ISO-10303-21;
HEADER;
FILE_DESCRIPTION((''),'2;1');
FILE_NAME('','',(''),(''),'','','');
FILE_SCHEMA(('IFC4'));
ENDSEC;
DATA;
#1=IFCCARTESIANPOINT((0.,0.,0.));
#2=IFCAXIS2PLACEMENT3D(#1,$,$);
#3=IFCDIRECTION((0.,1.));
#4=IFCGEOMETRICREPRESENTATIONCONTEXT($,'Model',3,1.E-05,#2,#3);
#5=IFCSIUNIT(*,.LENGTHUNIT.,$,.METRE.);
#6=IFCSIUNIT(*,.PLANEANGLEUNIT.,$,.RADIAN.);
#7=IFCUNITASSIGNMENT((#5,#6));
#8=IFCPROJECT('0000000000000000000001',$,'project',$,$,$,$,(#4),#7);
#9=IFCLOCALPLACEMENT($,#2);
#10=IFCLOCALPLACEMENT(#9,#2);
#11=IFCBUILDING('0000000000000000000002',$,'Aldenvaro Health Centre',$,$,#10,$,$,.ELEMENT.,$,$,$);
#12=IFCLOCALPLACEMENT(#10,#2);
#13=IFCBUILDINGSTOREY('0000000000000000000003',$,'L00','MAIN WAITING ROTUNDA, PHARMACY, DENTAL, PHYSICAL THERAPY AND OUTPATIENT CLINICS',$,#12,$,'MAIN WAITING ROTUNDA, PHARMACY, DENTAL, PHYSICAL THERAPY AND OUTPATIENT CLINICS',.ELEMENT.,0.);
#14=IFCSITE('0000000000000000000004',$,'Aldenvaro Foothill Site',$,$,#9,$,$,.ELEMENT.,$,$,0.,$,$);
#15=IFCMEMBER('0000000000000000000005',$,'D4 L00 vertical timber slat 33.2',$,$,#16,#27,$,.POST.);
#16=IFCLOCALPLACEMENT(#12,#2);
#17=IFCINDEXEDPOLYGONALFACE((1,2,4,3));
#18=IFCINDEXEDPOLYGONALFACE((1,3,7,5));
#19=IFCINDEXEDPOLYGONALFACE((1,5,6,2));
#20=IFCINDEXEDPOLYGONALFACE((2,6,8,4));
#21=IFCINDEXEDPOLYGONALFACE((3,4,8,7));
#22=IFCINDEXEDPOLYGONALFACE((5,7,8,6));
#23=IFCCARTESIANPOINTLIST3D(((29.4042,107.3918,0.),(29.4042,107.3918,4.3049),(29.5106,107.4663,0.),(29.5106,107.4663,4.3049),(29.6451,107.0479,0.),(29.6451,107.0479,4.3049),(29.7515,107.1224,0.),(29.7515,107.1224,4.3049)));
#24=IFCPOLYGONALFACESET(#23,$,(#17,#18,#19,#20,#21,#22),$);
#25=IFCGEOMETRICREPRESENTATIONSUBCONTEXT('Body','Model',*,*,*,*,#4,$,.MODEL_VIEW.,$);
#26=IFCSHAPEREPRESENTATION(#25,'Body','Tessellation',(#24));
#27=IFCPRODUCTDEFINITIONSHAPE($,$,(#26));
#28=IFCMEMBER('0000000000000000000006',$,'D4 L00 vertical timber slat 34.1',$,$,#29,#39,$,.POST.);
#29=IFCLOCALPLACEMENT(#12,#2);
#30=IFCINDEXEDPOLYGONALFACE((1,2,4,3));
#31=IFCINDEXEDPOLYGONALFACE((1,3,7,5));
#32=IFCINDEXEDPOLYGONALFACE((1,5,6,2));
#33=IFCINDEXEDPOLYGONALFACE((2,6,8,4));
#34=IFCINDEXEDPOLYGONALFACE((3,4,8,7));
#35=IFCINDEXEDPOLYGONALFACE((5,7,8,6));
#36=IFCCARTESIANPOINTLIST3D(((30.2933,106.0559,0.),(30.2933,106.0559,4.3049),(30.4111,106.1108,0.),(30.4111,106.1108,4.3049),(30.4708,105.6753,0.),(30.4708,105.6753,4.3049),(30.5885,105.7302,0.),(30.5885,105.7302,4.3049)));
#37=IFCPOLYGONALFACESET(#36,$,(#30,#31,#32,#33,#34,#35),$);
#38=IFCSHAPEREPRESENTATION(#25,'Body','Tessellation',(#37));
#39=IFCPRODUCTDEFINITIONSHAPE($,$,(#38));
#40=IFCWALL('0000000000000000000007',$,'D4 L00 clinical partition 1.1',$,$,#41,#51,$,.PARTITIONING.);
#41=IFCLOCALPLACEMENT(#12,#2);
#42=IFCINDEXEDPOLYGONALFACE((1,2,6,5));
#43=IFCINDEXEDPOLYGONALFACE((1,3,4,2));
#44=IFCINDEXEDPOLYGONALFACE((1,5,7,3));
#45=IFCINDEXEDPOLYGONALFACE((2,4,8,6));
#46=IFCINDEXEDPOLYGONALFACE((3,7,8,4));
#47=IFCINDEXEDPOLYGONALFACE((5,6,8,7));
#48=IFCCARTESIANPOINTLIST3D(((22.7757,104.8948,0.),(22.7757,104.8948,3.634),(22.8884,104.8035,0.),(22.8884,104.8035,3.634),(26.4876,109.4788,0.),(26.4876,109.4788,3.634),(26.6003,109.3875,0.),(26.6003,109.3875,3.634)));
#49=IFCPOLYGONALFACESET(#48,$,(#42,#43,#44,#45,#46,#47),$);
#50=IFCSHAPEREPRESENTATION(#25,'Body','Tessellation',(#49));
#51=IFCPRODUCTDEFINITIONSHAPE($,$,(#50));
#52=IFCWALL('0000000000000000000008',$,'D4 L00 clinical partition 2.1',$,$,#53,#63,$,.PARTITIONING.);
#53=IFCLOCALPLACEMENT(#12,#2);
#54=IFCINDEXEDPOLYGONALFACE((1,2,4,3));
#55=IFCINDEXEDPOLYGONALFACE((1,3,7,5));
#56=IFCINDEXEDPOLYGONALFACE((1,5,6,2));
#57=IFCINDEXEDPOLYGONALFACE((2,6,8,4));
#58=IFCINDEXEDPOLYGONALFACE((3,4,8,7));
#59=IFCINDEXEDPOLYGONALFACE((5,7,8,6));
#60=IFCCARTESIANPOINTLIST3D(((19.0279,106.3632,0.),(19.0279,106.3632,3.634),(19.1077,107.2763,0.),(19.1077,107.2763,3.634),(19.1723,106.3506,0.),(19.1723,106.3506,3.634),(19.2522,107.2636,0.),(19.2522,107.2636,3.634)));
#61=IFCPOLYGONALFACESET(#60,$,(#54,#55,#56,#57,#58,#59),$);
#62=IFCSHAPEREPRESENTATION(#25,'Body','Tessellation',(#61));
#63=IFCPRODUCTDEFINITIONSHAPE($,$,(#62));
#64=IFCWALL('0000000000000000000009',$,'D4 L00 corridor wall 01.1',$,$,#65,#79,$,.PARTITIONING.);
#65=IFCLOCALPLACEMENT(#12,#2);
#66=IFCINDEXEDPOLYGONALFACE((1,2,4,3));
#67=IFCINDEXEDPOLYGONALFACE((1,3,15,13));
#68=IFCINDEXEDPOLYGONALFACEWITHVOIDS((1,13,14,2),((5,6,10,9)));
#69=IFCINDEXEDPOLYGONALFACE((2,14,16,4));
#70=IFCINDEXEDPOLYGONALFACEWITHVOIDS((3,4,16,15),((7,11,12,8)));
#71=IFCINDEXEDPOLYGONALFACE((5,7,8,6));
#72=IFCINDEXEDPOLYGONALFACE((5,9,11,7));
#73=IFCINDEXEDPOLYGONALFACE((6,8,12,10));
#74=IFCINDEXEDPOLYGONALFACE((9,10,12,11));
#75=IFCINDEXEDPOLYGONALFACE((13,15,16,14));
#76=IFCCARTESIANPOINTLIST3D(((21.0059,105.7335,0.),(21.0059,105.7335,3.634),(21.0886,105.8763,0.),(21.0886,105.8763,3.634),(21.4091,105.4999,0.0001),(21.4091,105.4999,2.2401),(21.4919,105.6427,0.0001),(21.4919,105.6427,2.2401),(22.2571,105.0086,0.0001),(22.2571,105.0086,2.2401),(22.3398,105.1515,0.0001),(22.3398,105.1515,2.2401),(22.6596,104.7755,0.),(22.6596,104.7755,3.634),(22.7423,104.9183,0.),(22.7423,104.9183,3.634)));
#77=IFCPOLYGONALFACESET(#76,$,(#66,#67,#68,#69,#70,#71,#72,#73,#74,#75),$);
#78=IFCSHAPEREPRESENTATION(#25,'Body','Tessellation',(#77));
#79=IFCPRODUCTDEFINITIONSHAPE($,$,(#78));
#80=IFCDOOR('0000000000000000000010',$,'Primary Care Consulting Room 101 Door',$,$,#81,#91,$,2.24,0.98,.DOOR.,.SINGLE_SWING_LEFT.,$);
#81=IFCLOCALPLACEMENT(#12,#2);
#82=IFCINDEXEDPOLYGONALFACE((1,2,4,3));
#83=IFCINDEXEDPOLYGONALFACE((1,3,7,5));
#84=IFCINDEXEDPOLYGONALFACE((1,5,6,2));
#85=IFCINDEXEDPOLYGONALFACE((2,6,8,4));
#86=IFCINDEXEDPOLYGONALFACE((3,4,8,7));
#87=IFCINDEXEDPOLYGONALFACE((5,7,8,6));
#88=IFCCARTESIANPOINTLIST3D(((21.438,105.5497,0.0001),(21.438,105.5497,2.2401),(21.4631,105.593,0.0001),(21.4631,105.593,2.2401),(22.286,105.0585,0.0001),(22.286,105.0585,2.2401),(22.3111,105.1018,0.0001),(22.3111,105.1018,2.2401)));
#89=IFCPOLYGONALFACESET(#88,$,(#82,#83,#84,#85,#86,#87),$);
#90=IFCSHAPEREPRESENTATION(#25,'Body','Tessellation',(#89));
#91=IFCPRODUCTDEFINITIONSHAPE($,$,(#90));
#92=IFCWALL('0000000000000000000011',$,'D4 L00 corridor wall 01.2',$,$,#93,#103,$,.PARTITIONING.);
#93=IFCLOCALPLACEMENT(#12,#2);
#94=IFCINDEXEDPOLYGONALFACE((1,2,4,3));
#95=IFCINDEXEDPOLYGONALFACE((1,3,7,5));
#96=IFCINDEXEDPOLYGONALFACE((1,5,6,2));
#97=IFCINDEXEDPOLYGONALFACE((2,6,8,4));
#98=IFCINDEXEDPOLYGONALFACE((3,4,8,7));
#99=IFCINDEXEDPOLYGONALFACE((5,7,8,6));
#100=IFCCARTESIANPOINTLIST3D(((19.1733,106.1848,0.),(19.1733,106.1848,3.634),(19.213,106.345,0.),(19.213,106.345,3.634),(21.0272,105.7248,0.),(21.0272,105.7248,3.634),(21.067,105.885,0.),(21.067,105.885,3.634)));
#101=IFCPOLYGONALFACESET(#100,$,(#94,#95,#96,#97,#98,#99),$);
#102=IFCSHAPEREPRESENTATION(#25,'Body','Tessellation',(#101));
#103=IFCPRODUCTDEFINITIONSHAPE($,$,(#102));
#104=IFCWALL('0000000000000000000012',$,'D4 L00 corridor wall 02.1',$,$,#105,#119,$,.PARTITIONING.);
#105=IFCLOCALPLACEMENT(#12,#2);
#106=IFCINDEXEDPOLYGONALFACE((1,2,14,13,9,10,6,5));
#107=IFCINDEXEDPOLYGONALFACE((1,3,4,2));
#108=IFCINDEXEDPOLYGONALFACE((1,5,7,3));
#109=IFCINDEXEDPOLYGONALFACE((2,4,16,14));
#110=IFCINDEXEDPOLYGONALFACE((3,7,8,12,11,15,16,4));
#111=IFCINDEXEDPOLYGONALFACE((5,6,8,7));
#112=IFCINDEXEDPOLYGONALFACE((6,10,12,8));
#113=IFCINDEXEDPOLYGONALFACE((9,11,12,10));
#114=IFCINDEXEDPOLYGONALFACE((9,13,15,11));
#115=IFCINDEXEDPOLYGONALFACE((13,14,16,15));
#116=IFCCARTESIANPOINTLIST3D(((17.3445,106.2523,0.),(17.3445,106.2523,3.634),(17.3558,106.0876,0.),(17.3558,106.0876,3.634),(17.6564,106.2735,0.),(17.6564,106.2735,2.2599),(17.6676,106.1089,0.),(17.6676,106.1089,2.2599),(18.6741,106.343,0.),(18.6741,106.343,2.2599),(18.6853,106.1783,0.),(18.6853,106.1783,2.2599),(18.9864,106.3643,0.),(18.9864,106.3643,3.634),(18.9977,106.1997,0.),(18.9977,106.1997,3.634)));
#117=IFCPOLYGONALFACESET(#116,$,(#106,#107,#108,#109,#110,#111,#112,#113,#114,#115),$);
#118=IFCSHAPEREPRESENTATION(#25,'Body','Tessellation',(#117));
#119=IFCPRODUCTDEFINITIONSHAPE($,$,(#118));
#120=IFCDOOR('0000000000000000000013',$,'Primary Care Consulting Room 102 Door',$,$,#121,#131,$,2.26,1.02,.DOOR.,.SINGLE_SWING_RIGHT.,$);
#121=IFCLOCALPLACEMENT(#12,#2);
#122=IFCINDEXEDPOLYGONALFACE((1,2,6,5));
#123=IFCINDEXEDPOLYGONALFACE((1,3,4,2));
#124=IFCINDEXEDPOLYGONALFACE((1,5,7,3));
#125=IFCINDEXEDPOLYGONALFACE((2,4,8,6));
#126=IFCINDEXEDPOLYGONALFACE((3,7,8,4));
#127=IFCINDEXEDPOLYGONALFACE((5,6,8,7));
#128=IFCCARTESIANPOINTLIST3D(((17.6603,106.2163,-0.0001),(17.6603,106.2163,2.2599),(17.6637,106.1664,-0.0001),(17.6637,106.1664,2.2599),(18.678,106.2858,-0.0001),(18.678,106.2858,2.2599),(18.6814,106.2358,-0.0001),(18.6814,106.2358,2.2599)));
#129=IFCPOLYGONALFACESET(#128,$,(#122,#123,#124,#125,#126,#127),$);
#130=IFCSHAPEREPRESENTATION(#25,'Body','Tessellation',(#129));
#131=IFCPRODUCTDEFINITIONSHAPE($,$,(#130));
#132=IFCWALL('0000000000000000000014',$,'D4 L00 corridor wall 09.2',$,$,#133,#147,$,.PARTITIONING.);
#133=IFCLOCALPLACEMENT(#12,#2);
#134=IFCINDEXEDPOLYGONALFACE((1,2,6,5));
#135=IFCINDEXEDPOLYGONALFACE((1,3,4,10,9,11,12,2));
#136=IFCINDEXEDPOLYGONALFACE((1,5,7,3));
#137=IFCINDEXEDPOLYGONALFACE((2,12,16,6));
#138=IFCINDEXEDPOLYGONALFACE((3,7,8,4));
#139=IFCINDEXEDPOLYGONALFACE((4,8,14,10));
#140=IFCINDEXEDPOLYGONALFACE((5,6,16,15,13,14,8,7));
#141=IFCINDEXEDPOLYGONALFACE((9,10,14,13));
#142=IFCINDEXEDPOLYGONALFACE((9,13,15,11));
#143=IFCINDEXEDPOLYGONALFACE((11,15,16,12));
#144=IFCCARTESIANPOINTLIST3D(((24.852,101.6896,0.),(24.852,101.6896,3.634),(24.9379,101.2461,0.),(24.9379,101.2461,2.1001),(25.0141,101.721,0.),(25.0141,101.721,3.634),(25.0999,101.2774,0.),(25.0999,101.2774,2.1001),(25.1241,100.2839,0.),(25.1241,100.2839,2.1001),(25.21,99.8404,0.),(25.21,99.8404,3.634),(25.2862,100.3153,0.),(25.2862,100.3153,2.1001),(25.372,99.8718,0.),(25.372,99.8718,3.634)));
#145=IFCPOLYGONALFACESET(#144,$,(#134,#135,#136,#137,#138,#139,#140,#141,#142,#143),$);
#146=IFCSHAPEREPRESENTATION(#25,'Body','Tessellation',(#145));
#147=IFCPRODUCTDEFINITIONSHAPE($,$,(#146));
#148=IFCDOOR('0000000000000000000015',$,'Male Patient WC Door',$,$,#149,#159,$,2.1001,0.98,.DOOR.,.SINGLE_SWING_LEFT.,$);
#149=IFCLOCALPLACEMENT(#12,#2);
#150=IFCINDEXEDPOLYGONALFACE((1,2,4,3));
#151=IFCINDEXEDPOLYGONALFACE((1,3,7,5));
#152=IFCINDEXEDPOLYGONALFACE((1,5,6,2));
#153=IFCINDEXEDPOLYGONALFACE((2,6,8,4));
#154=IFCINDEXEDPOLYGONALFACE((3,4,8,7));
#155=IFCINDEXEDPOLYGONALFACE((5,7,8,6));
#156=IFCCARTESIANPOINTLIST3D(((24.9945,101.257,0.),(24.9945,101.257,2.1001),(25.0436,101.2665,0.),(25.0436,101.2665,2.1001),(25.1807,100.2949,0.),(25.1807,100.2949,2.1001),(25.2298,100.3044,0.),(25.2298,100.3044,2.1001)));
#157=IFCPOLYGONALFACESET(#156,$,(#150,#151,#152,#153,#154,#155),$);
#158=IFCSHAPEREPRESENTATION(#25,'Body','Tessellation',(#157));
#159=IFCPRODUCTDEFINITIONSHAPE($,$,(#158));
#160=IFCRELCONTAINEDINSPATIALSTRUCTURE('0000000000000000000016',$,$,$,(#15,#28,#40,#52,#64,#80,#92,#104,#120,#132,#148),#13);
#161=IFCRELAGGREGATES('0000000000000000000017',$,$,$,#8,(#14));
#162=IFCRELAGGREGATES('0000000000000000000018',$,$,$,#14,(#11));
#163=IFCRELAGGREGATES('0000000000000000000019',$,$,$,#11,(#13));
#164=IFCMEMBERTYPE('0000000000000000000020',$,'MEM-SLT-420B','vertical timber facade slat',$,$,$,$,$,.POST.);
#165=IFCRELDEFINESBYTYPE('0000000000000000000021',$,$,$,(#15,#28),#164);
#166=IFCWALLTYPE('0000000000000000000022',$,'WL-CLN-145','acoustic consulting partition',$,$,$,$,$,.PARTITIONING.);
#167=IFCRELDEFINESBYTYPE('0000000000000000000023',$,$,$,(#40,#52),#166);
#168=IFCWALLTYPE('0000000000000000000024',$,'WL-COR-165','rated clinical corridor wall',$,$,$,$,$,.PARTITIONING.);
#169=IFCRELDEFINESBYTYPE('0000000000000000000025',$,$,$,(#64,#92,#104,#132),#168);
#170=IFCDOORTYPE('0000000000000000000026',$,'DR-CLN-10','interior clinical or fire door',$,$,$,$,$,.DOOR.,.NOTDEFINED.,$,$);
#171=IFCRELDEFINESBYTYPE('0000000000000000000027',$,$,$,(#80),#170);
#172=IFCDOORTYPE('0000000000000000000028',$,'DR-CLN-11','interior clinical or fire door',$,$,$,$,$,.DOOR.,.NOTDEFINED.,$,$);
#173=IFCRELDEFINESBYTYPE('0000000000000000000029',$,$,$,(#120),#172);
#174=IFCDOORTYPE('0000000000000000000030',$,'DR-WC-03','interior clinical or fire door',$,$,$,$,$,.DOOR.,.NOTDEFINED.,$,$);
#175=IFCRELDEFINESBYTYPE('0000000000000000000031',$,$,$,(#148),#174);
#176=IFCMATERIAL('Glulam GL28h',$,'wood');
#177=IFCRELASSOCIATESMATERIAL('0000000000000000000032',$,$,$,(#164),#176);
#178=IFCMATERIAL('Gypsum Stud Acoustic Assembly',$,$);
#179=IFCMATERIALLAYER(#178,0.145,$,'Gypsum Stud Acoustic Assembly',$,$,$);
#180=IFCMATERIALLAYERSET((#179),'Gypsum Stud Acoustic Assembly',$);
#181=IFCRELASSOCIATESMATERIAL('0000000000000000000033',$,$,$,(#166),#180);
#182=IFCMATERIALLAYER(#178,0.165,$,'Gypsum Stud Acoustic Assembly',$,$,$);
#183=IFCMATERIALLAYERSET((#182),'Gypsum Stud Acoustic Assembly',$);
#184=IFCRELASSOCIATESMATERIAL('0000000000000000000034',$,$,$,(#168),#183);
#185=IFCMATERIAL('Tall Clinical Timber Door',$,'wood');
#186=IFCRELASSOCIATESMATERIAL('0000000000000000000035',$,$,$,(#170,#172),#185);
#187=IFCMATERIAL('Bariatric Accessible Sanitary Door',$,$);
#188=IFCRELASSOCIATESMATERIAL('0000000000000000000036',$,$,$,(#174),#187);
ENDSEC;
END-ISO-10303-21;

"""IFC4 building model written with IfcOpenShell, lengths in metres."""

from ifc_helpers import new_model, si_unit, direction, frame, frame_2d, origin, origin_2d, place, context, subcontext, project, spatial, rectangle, extrude, material, layer, layer_set, material_profile, profile_set, type_object, element, fill, save


model = new_model("IFC4")

# Units and contexts
model_context = context("Model", 3, precision=1e-05, world=origin(), true_north=direction((0.0, 1.0)))
body_context = subcontext(model_context, "Body", "Model", "MODEL_VIEW")
ifc_project = project(units=[si_unit("LENGTHUNIT", "METRE"), si_unit("PLANEANGLEUNIT", "RADIAN")], contexts=[model_context])

# Site, building, storey
site_placement = place(None, origin())
site = spatial("IfcSite", under=ifc_project, at=site_placement, Name="Aldenvaro Foothill Site", CompositionType="ELEMENT", RefElevation=0.0)
building_placement = place(site_placement, origin())
building = spatial("IfcBuilding", under=site, at=building_placement, Name="Aldenvaro Health Centre", CompositionType="ELEMENT")
storey_placement = place(building_placement, origin())
storey = spatial("IfcBuildingStorey", under=building, at=storey_placement, Name="L00", Description="MAIN WAITING ROTUNDA, PHARMACY, DENTAL, PHYSICAL THERAPY AND OUTPATIENT CLINICS", LongName="MAIN WAITING ROTUNDA, PHARMACY, DENTAL, PHYSICAL THERAPY AND OUTPATIENT CLINICS", CompositionType="ELEMENT", Elevation=0.0)

# Shared definitions
ifc_material_1 = material(Name="Glulam GL28h", Category="wood")

# Members
ifc_material_profile_1 = material_profile(ifc_material_1, rectangle(XDim=0.1299, YDim=0.4199, at=origin_2d()), Name="GL 130x420", Category="wood")
ifc_profile_set_1 = profile_set([ifc_material_profile_1], Name="Glulam GL28h")
member_type_1 = type_object("IfcMemberType", Name="MEM-SLT-420B", Description="vertical timber facade slat", PredefinedType="POST", material=ifc_profile_set_1)
for number, where, z_axis, x_axis, name in (
    (1, (29.5779, 107.2571, 0.0), (0.0, 0.0, 1.0), (0.819051, 0.573721, 0.0), "D4 L00 vertical timber slat 33.2"),
    (2, (30.4409, 105.8931, 0.0), (0.0, 0.0, 1.0), (0.906336, 0.422557, 0.0), "D4 L00 vertical timber slat 34.1"),
):
    element("IfcMember", number, at=place(storey_placement, frame(where, z_axis=z_axis, x_axis=x_axis)), inside=storey, type_object=member_type_1, Name=name, PredefinedType="POST", context=body_context, shape_type="SweptSolid", body=[
        extrude(rectangle(XDim=0.1299, YDim=0.4199, at=origin_2d()), origin(), (0.0, 0.0, 1.0), 4.3049),
    ])

# Walls
ifc_material_2 = material(Name="Gypsum Stud Acoustic Assembly")
ifc_layer_1 = layer(ifc_material_2, 0.145, Name="Gypsum Stud Acoustic Assembly")
ifc_layer_set_1 = layer_set([ifc_layer_1], Name="Gypsum Stud Acoustic Assembly")
wall_type_1 = type_object("IfcWallType", Name="WL-CLN-145", Description="acoustic consulting partition", PredefinedType="PARTITIONING", material=ifc_layer_set_1)
wall_1_placement = place(storey_placement, frame((22.832, 104.8491, 0.0), z_axis=(0.0, 0.0, 1.0), x_axis=(0.629308, 0.777156, 0.0)))
element("IfcWall", 3, at=wall_1_placement, inside=storey, type_object=wall_type_1, Name="D4 L00 clinical partition 1.1", PredefinedType="PARTITIONING", context=body_context, shape_type="SweptSolid", body=[
    extrude(rectangle(XDim=5.8984, YDim=0.145, at=frame_2d((2.9492, 0.0))), origin(), (0.0, 0.0, 1.0), 3.634),
])
wall_2_placement = place(storey_placement, frame((19.1001, 106.3569, 0.0), z_axis=(0.0, 0.0, 1.0), x_axis=(0.087101, 0.996199, 0.0)))
element("IfcWall", 4, at=wall_2_placement, inside=storey, type_object=wall_type_1, Name="D4 L00 clinical partition 2.1", PredefinedType="PARTITIONING", context=body_context, shape_type="SweptSolid", body=[
    extrude(rectangle(XDim=0.9165, YDim=0.145, at=frame_2d((0.4583, 0.0))), origin(), (0.0, 0.0, 1.0), 3.634),
])

# Wall, opening, door
ifc_layer_2 = layer(ifc_material_2, 0.165, Name="Gypsum Stud Acoustic Assembly")
ifc_layer_set_2 = layer_set([ifc_layer_2], Name="Gypsum Stud Acoustic Assembly")
wall_type_2 = type_object("IfcWallType", Name="WL-COR-165", Description="rated clinical corridor wall", PredefinedType="PARTITIONING", material=ifc_layer_set_2)
wall_3_placement = place(storey_placement, frame((22.7009, 104.8469, 0.0), z_axis=(0.0, 0.0, 1.0), x_axis=(-0.865304, 0.501248, 0.0)))
wall_3 = element("IfcWall", 5, at=wall_3_placement, inside=storey, type_object=wall_type_2, Name="D4 L00 corridor wall 01.1", PredefinedType="PARTITIONING", context=body_context, shape_type="SweptSolid", body=[
    extrude(rectangle(XDim=1.9111, YDim=0.165, at=frame_2d((0.9556, 0.0))), origin(), (0.0, 0.0, 1.0), 3.634),
])
opening_1_placement = place(wall_3_placement, frame((0.4651, 0.0, 0.0)))
opening_1 = element("IfcOpeningElement", 6, at=opening_1_placement, cuts=wall_3, PredefinedType="OPENING", context=body_context, shape_type="SweptSolid", body=[
    extrude(rectangle(XDim=0.98, YDim=2.24, at=frame_2d((0.49, 1.1201))), frame((0.0, 0.0925, 0.0), z_axis=(0.0, -1.0, 0.0), x_axis=(1.0, 0.0, 0.0)), (0.0, 0.0, 1.0), 0.1851),
])
ifc_material_3 = material(Name="Tall Clinical Timber Door", Category="wood")
door_type_1 = type_object("IfcDoorType", Name="DR-CLN-10", Description="interior clinical or fire door", OperationType="NOTDEFINED", PredefinedType="DOOR", material=ifc_material_3)
door_1_placement = place(opening_1_placement, origin())
door_1 = element("IfcDoor", 7, at=door_1_placement, inside=storey, type_object=door_type_1, Name="Primary Care Consulting Room 101 Door", OperationType="SINGLE_SWING_LEFT", OverallHeight=2.24, OverallWidth=0.98, PredefinedType="DOOR", context=body_context, shape_type="SweptSolid", body=[
    extrude(rectangle(XDim=0.98, YDim=2.24, at=frame_2d((0.49, 1.1201))), frame((0.0, 0.0249, 0.0), z_axis=(0.0, -1.0, 0.0), x_axis=(1.0, 0.0, 0.0)), (0.0, 0.0, 1.0), 0.05),
])
fill(opening_1, door_1)

# Wall
wall_4_placement = place(storey_placement, frame((21.0471, 105.8049, 0.0), z_axis=(0.0, 0.0, 1.0), x_axis=(-0.970577, 0.240791, 0.0)))
element("IfcWall", 8, at=wall_4_placement, inside=storey, type_object=wall_type_2, Name="D4 L00 corridor wall 01.2", PredefinedType="PARTITIONING", context=body_context, shape_type="SweptSolid", body=[
    extrude(rectangle(XDim=1.9102, YDim=0.165, at=frame_2d((0.9551, 0.0))), origin(), (0.0, 0.0, 1.0), 3.634),
])

# Walls, openings, doors
wall_5_placement = place(storey_placement, frame((18.9919, 106.282, 0.0), z_axis=(0.0, 0.0, 1.0), x_axis=(-0.997679, -0.068094, 0.0)))
wall_5 = element("IfcWall", 9, at=wall_5_placement, inside=storey, type_object=wall_type_2, Name="D4 L00 corridor wall 02.1", PredefinedType="PARTITIONING", context=body_context, shape_type="SweptSolid", body=[
    extrude(rectangle(XDim=1.6458, YDim=0.165, at=frame_2d((0.8228, 0.0))), origin(), (0.0, 0.0, 1.0), 3.634),
])
opening_2_placement = place(wall_5_placement, frame((0.313, 0.0, 0.0)))
opening_2 = element("IfcOpeningElement", 10, at=opening_2_placement, cuts=wall_5, PredefinedType="OPENING", context=body_context, shape_type="SweptSolid", body=[
    extrude(rectangle(XDim=1.02, YDim=2.26, at=frame_2d((0.51, 1.1299))), frame((0.0, 0.0925, 0.0), z_axis=(0.0, -1.0, 0.0), x_axis=(1.0, 0.0, 0.0)), (0.0, 0.0, 1.0), 0.1851),
])
door_type_2 = type_object("IfcDoorType", Name="DR-CLN-11", Description="interior clinical or fire door", OperationType="NOTDEFINED", PredefinedType="DOOR", material=ifc_material_3)
door_2_placement = place(opening_2_placement, origin())
door_2 = element("IfcDoor", 11, at=door_2_placement, inside=storey, type_object=door_type_2, Name="Primary Care Consulting Room 102 Door", OperationType="SINGLE_SWING_RIGHT", OverallHeight=2.26, OverallWidth=1.02, PredefinedType="DOOR", context=body_context, shape_type="SweptSolid", body=[
    extrude(rectangle(XDim=1.02, YDim=2.26, at=frame_2d((0.51, 1.1299))), frame((0.0, 0.0249, 0.0), z_axis=(0.0, -1.0, 0.0), x_axis=(1.0, 0.0, 0.0)), (0.0, 0.0, 1.0), 0.05),
])
fill(opening_2, door_2)
wall_6_placement = place(storey_placement, frame((25.291, 99.856, 0.0), z_axis=(0.0, 0.0, 1.0), x_axis=(-0.19003, 0.981778, 0.0)))
wall_6 = element("IfcWall", 12, at=wall_6_placement, inside=storey, type_object=wall_type_2, Name="D4 L00 corridor wall 09.2", PredefinedType="PARTITIONING", context=body_context, shape_type="SweptSolid", body=[
    extrude(rectangle(XDim=1.8835, YDim=0.165, at=frame_2d((0.9419, 0.0))), origin(), (0.0, 0.0, 1.0), 3.634),
])
opening_3_placement = place(wall_6_placement, frame((0.4519, 0.0, 0.0)))
opening_3 = element("IfcOpeningElement", 13, at=opening_3_placement, cuts=wall_6, PredefinedType="OPENING", context=body_context, shape_type="SweptSolid", body=[
    extrude(rectangle(XDim=0.98, YDim=2.1001, at=frame_2d((0.49, 1.05))), frame((0.0, 0.0925, 0.0), z_axis=(0.0, -1.0, 0.0), x_axis=(1.0, 0.0, 0.0)), (0.0, 0.0, 1.0), 0.1851),
])
ifc_material_4 = material(Name="Bariatric Accessible Sanitary Door")
door_type_3 = type_object("IfcDoorType", Name="DR-WC-03", Description="interior clinical or fire door", OperationType="NOTDEFINED", PredefinedType="DOOR", material=ifc_material_4)
door_3_placement = place(opening_3_placement, origin())
door_3 = element("IfcDoor", 14, at=door_3_placement, inside=storey, type_object=door_type_3, Name="Male Patient WC Door", OperationType="SINGLE_SWING_LEFT", OverallHeight=2.1001, OverallWidth=0.98, PredefinedType="DOOR", context=body_context, shape_type="SweptSolid", body=[
    extrude(rectangle(XDim=0.98, YDim=2.1001, at=frame_2d((0.49, 1.05))), frame((0.0, 0.0249, 0.0), z_axis=(0.0, -1.0, 0.0), x_axis=(1.0, 0.0, 0.0)), (0.0, 0.0, 1.0), 0.05),
])
fill(opening_3, door_3)

save(model, "model.ifc")
